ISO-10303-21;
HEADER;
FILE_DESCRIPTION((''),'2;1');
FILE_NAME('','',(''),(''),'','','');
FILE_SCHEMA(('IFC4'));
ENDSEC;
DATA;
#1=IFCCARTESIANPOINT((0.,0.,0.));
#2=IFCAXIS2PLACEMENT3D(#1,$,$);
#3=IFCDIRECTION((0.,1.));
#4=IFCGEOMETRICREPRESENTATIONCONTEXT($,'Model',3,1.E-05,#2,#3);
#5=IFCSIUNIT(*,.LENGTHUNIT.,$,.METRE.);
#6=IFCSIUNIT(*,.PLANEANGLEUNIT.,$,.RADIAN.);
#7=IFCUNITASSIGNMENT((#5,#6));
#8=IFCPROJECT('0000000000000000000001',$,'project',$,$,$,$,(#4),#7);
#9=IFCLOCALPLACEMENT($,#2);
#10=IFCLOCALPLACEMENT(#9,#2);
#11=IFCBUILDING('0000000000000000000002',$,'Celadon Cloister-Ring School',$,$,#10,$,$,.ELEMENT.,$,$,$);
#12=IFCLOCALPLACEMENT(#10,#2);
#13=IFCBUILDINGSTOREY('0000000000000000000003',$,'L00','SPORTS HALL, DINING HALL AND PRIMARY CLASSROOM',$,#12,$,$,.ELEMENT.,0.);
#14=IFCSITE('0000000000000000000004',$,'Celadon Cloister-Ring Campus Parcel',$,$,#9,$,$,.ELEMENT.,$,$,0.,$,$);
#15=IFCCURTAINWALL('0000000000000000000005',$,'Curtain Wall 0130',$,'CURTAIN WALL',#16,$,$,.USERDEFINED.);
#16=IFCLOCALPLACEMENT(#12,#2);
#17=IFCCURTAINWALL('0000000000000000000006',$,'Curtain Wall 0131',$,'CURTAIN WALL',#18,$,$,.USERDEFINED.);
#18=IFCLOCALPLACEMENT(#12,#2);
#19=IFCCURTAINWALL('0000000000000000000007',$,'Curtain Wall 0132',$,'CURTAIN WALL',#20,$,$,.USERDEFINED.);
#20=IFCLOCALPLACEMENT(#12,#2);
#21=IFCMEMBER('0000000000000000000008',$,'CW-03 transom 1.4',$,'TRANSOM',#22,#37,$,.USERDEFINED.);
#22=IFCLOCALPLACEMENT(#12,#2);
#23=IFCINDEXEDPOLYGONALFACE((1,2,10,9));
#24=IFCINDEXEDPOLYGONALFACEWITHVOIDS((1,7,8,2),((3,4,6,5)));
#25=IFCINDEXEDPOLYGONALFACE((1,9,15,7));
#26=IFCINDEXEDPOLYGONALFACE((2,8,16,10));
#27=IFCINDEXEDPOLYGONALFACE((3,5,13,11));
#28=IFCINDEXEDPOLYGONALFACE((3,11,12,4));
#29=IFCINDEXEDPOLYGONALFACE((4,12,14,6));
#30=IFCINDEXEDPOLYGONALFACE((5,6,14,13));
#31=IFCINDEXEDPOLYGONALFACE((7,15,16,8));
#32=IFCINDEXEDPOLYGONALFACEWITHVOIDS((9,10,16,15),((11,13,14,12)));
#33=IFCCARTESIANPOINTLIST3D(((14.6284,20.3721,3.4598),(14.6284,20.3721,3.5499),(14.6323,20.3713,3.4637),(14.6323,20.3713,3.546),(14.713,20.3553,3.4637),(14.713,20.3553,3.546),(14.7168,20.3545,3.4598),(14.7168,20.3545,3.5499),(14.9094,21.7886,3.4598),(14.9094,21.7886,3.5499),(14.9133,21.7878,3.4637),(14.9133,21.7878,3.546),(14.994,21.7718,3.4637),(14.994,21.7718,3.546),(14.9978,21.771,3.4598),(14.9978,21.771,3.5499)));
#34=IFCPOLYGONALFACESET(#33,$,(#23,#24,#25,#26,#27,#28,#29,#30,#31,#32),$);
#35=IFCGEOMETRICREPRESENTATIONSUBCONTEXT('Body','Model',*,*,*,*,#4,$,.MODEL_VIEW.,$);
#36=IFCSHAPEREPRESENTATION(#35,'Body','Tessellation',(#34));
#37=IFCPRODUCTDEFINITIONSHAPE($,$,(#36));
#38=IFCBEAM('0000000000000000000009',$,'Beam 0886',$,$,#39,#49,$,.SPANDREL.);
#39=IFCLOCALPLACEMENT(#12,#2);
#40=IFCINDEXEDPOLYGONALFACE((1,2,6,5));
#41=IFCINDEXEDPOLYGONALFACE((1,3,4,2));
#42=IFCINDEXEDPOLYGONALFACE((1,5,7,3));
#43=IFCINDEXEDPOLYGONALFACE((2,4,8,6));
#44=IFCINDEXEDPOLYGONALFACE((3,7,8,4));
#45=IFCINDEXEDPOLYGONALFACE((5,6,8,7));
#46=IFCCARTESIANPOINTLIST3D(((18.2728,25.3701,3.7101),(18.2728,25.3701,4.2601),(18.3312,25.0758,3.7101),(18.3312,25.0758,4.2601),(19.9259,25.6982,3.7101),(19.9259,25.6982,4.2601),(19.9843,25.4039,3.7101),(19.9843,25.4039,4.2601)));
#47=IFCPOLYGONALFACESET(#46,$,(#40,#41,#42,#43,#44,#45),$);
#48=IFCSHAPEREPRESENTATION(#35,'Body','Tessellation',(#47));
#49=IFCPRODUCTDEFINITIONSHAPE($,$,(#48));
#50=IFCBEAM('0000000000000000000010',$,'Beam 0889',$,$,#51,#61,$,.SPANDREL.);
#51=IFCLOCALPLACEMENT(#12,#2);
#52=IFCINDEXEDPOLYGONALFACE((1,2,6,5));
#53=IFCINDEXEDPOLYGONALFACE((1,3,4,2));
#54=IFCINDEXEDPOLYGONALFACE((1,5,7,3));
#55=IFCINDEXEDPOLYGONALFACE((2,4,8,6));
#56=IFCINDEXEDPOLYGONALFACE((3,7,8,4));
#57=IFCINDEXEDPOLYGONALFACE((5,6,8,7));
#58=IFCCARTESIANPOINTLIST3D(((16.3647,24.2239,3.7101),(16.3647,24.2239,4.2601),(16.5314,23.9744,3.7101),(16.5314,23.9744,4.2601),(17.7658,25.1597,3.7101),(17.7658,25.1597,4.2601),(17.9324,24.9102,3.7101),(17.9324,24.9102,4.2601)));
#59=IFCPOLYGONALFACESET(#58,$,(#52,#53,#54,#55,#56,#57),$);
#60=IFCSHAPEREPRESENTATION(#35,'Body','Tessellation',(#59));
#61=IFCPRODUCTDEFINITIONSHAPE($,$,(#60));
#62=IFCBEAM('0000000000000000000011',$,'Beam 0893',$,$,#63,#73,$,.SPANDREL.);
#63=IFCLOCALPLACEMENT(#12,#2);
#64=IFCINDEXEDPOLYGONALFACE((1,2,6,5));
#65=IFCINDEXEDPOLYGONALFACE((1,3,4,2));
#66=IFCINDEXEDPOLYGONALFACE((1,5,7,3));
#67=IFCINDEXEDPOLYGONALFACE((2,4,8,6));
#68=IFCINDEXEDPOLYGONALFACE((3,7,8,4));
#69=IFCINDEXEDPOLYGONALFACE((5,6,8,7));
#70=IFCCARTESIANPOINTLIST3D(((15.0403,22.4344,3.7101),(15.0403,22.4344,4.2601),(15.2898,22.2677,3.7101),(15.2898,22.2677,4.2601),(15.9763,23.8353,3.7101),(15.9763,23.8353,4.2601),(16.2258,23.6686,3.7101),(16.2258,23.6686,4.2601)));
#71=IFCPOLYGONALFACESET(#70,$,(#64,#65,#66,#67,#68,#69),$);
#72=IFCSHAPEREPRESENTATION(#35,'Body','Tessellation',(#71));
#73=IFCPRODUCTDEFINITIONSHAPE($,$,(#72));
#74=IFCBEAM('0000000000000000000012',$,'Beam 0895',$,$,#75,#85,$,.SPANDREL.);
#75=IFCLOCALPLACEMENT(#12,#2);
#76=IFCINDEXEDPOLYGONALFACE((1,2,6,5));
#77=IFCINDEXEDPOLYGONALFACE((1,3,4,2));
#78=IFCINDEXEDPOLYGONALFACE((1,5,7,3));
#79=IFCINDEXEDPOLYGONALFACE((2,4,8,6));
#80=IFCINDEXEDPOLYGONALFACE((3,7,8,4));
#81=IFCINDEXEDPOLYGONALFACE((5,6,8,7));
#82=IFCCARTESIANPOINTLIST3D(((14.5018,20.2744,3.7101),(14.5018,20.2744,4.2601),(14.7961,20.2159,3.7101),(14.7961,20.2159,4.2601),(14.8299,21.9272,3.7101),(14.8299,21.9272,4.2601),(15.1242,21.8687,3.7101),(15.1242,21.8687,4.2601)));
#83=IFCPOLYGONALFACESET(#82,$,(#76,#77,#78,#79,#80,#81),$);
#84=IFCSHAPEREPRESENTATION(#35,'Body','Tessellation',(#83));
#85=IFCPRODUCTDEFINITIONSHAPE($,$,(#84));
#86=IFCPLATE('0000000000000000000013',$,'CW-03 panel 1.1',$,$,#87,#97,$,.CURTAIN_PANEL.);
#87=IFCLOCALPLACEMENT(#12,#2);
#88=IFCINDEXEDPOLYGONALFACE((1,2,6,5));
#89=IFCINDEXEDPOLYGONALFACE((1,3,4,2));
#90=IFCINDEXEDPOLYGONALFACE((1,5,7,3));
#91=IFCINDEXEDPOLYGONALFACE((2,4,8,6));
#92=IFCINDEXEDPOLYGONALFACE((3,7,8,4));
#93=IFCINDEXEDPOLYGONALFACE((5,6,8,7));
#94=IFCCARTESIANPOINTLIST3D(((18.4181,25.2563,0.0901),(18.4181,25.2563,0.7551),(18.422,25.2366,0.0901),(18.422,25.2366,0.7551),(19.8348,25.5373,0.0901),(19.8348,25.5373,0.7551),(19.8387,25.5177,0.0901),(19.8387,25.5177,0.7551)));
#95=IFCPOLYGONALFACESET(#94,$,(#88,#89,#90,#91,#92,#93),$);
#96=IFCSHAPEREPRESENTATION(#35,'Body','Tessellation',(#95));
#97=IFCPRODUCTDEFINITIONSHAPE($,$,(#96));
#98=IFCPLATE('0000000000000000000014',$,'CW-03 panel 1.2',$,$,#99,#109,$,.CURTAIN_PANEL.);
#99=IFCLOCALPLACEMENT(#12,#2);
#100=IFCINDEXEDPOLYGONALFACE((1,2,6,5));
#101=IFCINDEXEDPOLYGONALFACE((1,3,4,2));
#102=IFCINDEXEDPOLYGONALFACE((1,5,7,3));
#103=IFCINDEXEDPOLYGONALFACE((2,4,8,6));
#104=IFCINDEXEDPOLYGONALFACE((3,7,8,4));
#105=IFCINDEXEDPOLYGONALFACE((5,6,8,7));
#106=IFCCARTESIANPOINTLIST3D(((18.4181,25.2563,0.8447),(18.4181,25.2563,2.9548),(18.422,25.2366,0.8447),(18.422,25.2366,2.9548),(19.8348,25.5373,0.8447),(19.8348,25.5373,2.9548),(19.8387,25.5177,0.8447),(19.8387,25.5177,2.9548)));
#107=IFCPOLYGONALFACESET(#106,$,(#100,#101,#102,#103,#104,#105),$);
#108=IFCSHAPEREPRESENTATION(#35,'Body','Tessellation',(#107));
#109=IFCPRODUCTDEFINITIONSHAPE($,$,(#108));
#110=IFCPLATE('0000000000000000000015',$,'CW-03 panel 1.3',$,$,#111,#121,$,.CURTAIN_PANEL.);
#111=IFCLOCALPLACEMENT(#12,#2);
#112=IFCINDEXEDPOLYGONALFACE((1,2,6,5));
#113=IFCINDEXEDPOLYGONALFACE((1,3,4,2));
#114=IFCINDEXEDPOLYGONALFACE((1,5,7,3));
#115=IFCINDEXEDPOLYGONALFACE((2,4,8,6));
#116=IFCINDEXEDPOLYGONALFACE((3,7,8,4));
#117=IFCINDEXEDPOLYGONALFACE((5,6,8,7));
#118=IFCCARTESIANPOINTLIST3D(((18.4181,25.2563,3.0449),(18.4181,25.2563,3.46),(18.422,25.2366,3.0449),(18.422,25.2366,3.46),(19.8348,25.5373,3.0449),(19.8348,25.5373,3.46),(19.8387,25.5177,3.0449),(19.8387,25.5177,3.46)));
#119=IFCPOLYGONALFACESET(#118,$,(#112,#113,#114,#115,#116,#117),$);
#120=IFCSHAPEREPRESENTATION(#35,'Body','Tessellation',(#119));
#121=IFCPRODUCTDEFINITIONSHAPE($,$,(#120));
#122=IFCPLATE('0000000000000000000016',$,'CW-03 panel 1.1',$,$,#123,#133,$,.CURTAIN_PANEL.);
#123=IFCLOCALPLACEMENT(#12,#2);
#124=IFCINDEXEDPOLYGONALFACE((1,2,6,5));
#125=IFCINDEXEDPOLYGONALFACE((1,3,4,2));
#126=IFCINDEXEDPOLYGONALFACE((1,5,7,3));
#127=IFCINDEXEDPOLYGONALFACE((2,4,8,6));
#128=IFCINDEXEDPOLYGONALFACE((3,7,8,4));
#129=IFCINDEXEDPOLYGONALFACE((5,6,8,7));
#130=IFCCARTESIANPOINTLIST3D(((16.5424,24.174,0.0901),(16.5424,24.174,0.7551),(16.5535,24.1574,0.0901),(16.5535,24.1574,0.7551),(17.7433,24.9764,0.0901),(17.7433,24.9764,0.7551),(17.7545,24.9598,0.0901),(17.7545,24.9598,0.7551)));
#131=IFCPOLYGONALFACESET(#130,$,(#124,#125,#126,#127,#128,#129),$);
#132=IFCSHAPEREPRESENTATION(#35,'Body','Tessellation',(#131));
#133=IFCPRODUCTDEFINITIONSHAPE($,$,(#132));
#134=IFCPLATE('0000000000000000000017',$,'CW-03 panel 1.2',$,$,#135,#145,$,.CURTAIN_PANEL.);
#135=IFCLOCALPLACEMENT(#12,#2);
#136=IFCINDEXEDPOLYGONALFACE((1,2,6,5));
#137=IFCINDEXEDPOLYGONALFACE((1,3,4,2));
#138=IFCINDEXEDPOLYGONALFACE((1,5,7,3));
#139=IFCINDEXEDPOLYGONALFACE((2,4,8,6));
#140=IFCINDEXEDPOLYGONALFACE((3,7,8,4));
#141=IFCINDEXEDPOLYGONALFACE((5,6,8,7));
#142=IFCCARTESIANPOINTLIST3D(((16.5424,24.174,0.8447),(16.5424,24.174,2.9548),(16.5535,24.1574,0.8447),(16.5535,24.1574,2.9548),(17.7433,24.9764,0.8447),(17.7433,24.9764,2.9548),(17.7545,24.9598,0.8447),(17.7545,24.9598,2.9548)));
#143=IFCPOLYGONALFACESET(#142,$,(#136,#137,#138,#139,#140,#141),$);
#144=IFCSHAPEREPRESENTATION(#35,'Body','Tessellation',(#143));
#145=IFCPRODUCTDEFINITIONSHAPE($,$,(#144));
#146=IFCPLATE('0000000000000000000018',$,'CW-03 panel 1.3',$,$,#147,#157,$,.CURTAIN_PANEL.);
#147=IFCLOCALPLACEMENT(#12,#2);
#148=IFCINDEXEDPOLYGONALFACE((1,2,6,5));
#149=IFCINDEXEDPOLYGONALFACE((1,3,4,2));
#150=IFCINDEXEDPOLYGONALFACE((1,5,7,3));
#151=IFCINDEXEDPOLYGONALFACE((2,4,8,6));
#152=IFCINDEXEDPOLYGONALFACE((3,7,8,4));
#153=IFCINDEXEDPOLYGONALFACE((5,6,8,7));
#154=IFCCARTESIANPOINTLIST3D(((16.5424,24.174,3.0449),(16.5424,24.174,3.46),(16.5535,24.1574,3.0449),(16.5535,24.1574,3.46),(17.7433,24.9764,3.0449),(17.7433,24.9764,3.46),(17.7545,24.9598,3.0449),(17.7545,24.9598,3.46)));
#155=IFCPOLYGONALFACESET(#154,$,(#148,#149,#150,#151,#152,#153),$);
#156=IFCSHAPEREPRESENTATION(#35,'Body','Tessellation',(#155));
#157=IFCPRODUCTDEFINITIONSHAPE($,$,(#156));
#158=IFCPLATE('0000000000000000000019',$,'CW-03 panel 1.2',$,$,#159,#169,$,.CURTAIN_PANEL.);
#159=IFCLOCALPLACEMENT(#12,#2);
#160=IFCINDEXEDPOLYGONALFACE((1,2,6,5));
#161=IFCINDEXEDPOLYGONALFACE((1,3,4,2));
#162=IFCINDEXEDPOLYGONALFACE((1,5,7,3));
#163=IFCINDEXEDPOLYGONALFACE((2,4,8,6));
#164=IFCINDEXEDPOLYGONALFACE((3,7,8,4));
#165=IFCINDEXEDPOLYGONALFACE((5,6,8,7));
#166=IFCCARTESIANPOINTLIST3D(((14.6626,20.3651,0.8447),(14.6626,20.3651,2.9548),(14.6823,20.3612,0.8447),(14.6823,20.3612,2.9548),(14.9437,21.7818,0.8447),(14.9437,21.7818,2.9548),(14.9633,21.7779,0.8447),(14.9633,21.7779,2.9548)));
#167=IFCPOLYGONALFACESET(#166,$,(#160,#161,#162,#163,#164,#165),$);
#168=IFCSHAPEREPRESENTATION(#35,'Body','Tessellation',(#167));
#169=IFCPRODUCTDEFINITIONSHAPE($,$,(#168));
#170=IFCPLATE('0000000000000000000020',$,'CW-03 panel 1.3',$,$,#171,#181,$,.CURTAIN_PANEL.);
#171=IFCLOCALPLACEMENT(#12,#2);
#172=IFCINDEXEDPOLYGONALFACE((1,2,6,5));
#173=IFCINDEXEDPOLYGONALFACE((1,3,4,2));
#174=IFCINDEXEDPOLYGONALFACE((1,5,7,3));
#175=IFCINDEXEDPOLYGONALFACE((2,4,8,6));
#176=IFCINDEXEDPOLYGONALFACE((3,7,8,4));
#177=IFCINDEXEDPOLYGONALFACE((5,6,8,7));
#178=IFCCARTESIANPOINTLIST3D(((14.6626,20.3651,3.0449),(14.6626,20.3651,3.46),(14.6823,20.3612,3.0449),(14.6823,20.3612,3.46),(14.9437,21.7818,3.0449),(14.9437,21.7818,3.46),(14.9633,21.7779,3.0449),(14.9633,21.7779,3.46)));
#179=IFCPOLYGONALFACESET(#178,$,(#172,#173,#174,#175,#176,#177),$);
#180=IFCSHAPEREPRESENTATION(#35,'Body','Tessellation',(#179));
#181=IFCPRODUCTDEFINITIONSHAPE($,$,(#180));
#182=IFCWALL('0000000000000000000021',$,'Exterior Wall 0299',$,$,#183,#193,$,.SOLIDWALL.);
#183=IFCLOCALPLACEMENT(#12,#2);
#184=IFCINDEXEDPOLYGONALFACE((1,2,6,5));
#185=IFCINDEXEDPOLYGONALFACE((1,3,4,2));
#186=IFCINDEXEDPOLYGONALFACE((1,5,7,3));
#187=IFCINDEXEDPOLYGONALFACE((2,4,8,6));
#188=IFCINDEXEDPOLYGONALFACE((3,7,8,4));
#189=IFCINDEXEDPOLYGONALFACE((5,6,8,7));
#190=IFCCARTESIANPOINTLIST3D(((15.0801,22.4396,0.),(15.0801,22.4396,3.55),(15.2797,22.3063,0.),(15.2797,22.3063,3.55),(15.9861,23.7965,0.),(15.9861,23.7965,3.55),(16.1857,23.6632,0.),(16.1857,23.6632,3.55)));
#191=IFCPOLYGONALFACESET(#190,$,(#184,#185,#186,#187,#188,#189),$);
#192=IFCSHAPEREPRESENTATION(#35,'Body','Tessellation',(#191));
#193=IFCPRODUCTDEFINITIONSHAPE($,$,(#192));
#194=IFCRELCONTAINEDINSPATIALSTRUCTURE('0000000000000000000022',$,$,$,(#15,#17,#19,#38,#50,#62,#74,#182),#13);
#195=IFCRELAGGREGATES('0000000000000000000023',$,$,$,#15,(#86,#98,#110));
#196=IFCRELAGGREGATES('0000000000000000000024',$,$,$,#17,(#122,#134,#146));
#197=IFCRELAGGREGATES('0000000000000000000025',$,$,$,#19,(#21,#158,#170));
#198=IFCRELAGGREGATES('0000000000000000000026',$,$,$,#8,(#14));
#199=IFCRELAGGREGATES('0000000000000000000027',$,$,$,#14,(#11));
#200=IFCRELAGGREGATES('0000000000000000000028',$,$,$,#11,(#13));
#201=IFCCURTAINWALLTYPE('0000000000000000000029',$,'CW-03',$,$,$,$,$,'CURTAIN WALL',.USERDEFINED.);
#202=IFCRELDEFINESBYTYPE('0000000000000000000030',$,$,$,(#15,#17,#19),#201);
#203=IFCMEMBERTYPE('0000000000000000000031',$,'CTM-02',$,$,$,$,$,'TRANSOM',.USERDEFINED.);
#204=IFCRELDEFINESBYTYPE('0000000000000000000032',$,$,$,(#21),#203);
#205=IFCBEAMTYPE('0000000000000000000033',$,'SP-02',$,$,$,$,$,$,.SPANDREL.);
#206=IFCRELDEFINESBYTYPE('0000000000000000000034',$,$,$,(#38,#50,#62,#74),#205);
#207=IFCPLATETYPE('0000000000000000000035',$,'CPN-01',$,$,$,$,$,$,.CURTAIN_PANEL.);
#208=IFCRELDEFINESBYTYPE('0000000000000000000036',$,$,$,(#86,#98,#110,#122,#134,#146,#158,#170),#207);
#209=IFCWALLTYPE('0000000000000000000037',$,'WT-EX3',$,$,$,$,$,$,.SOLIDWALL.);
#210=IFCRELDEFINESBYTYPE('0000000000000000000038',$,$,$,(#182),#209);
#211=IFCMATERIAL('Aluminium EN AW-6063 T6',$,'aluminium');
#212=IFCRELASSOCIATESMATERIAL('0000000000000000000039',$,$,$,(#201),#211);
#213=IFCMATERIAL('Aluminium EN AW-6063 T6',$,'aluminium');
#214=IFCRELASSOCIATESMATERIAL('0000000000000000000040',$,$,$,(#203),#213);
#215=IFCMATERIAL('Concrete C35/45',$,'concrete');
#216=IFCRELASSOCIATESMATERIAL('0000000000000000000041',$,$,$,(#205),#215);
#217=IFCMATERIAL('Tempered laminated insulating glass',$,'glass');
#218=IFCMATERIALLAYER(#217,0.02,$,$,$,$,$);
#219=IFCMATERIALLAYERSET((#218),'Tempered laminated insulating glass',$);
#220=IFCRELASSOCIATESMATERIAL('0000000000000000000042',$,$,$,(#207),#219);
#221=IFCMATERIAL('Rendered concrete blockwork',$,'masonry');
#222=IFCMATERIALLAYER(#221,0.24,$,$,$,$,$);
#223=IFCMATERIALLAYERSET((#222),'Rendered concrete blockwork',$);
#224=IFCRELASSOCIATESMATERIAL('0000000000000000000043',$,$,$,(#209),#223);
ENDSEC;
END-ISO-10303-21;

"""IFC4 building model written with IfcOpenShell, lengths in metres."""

from ifc_helpers import new_model, si_unit, direction, frame, frame_2d, origin, origin_2d, place, context, subcontext, project, spatial, rectangle, hollow_rectangle, extrude, material, layer, layer_set, material_profile, profile_set, type_object, element, aggregate, save


model = new_model("IFC4")

# Units and contexts
model_context = context("Model", 3, precision=1e-05, world=origin(), true_north=direction((0.0, 1.0)))
body_context = subcontext(model_context, "Body", "Model", "MODEL_VIEW")
ifc_project = project(units=[si_unit("LENGTHUNIT", "METRE"), si_unit("PLANEANGLEUNIT", "RADIAN")], contexts=[model_context])

# Site, building, storey
site_placement = place(None, origin())
site = spatial("IfcSite", under=ifc_project, at=site_placement, Name="Celadon Cloister-Ring Campus Parcel", CompositionType="ELEMENT", RefElevation=0.0)
building_placement = place(site_placement, origin())
building = spatial("IfcBuilding", under=site, at=building_placement, Name="Celadon Cloister-Ring School", CompositionType="ELEMENT")
storey_placement = place(building_placement, origin())
storey = spatial("IfcBuildingStorey", under=building, at=storey_placement, Name="L00", Description="SPORTS HALL, DINING HALL AND PRIMARY CLASSROOM", CompositionType="ELEMENT", Elevation=0.0)

# Curtain walls
ifc_material_1 = material(Name="Aluminium EN AW-6063 T6", Category="aluminium")
curtain_wall_type = type_object("IfcCurtainWallType", Name="CW-03", ElementType="CURTAIN WALL", PredefinedType="USERDEFINED", material=ifc_material_1)
curtain_wall_1_placement = place(storey_placement, origin())
curtain_wall_1 = element("IfcCurtainWall", 1, at=curtain_wall_1_placement, inside=storey, type_object=curtain_wall_type, Name="Curtain Wall 0130", ObjectType="CURTAIN WALL", PredefinedType="USERDEFINED")
curtain_wall_2_placement = place(storey_placement, origin())
curtain_wall_2 = element("IfcCurtainWall", 2, at=curtain_wall_2_placement, inside=storey, type_object=curtain_wall_type, Name="Curtain Wall 0131", ObjectType="CURTAIN WALL", PredefinedType="USERDEFINED")

# Curtain wall
curtain_wall_3_placement = place(storey_placement, origin())
curtain_wall_3 = element("IfcCurtainWall", 3, at=curtain_wall_3_placement, inside=storey, type_object=curtain_wall_type, Name="Curtain Wall 0132", ObjectType="CURTAIN WALL", PredefinedType="USERDEFINED")

# Member
ifc_material_2 = material(Name="Aluminium EN AW-6063 T6", Category="aluminium")
ifc_material_profile_1 = material_profile(ifc_material_2, hollow_rectangle(XDim=0.0901, YDim=0.0901, WallThickness=0.0039, at=origin_2d()), Name="RHS90X90X4")
ifc_profile_set_1 = profile_set([ifc_material_profile_1], Name="Aluminium EN AW-6063 T6")
member_type_1 = type_object("IfcMemberType", Name="CTM-02", ElementType="TRANSOM", PredefinedType="USERDEFINED", material=ifc_profile_set_1)
member_1_placement = place(storey_placement, frame((14.9536, 21.7798, 3.5049), z_axis=(-0.194588, -0.980885, 0.0), x_axis=(0.980885, -0.194588, 0.0)))
member_1 = element("IfcMember", 4, at=member_1_placement, type_object=member_type_1, Name="CW-03 transom 1.4", ObjectType="TRANSOM", PredefinedType="USERDEFINED", context=body_context, shape_type="SweptSolid", body=[
    extrude(hollow_rectangle(XDim=0.0901, YDim=0.0901, WallThickness=0.0039, at=origin_2d()), origin(), (0.0, 0.0, 1.0), 1.4441),
])

# Beams
ifc_material_3 = material(Name="Concrete C35/45", Category="concrete")
ifc_material_profile_2 = material_profile(ifc_material_3, rectangle(XDim=0.3, YDim=0.55, at=origin_2d()), Name="RC300X550")
ifc_profile_set_2 = profile_set([ifc_material_profile_2], Name="Concrete C35/45")
beam_type = type_object("IfcBeamType", Name="SP-02", PredefinedType="SPANDREL", material=ifc_profile_set_2)
beam_1_placement = place(storey_placement, frame((19.9551, 25.551, 3.9851), z_axis=(-0.980864, -0.194695, 0.0), x_axis=(0.194695, -0.980864, 0.0)))
element("IfcBeam", 5, at=beam_1_placement, inside=storey, type_object=beam_type, Name="Beam 0886", PredefinedType="SPANDREL", context=body_context, shape_type="SweptSolid", body=[
    extrude(rectangle(XDim=0.3, YDim=0.55, at=origin_2d()), origin(), (0.0, 0.0, 1.0), 1.6853),
])
for number, where, z_axis, x_axis, name in (
    (6, (17.8491, 25.0349, 3.9851), (-0.831582, -0.555402, 0.0), (0.555402, -0.831582, 0.0), "Beam 0889"),
    (7, (16.1011, 23.752, 3.9851), (-0.555569, -0.83147, 0.0), (0.83147, -0.555569, 0.0), "Beam 0893"),
):
    element("IfcBeam", number, at=place(storey_placement, frame(where, z_axis=z_axis, x_axis=x_axis)), inside=storey, type_object=beam_type, Name=name, PredefinedType="SPANDREL", context=body_context, shape_type="SweptSolid", body=[
        extrude(rectangle(XDim=0.3, YDim=0.55, at=origin_2d()), origin(), (0.0, 0.0, 1.0), 1.6848),
    ])
beam_2_placement = place(storey_placement, frame((14.9771, 21.8979, 3.9851), z_axis=(-0.194723, -0.980858, 0.0), x_axis=(0.980858, -0.194723, 0.0)))
element("IfcBeam", 8, at=beam_2_placement, inside=storey, type_object=beam_type, Name="Beam 0895", PredefinedType="SPANDREL", context=body_context, shape_type="SweptSolid", body=[
    extrude(rectangle(XDim=0.3, YDim=0.55, at=origin_2d()), origin(), (0.0, 0.0, 1.0), 1.6851),
])

# Plates
ifc_material_4 = material(Name="Tempered laminated insulating glass", Category="glass")
ifc_layer_1 = layer(ifc_material_4, 0.02)
ifc_layer_set_1 = layer_set([ifc_layer_1], Name="Tempered laminated insulating glass")
plate_type = type_object("IfcPlateType", Name="CPN-01", PredefinedType="CURTAIN_PANEL", material=ifc_layer_set_1)
plate_1_placement = place(storey_placement, frame((19.1284, 25.387, 0.0901), z_axis=(0.0, 0.0, 1.0), x_axis=(-0.980885, -0.194586, 0.0)))
plate_1 = element("IfcPlate", 9, at=plate_1_placement, type_object=plate_type, Name="CW-03 panel 1.1", PredefinedType="CURTAIN_PANEL", context=body_context, shape_type="SweptSolid", body=[
    extrude(rectangle(XDim=1.4443, YDim=0.02, at=origin_2d()), origin(), (0.0, 0.0, 1.0), 0.665),
])
plate_2_placement = place(storey_placement, frame((19.1284, 25.387, 0.8447), z_axis=(0.0, 0.0, 1.0), x_axis=(-0.980885, -0.194586, 0.0)))
plate_2 = element("IfcPlate", 10, at=plate_2_placement, type_object=plate_type, Name="CW-03 panel 1.2", PredefinedType="CURTAIN_PANEL", context=body_context, shape_type="SweptSolid", body=[
    extrude(rectangle(XDim=1.4443, YDim=0.02, at=origin_2d()), origin(), (0.0, 0.0, 1.0), 2.1101),
])
plate_3_placement = place(storey_placement, frame((19.1284, 25.387, 3.0449), z_axis=(0.0, 0.0, 1.0), x_axis=(-0.980885, -0.194586, 0.0)))
plate_3 = element("IfcPlate", 11, at=plate_3_placement, type_object=plate_type, Name="CW-03 panel 1.3", PredefinedType="CURTAIN_PANEL", context=body_context, shape_type="SweptSolid", body=[
    extrude(rectangle(XDim=1.4443, YDim=0.02, at=origin_2d()), origin(), (0.0, 0.0, 1.0), 0.415),
])
aggregate(curtain_wall_1, [plate_1, plate_2, plate_3])
plate_4_placement = place(storey_placement, frame((17.1484, 24.5669, 0.0901), z_axis=(0.0, 0.0, 1.0), x_axis=(-0.831485, -0.555547, 0.0)))
plate_4 = element("IfcPlate", 12, at=plate_4_placement, type_object=plate_type, Name="CW-03 panel 1.1", PredefinedType="CURTAIN_PANEL", context=body_context, shape_type="SweptSolid", body=[
    extrude(rectangle(XDim=1.4443, YDim=0.02, at=origin_2d()), origin(), (0.0, 0.0, 1.0), 0.665),
])
plate_5_placement = place(storey_placement, frame((17.1484, 24.5669, 0.8447), z_axis=(0.0, 0.0, 1.0), x_axis=(-0.831485, -0.555547, 0.0)))
plate_5 = element("IfcPlate", 13, at=plate_5_placement, type_object=plate_type, Name="CW-03 panel 1.2", PredefinedType="CURTAIN_PANEL", context=body_context, shape_type="SweptSolid", body=[
    extrude(rectangle(XDim=1.4443, YDim=0.02, at=origin_2d()), origin(), (0.0, 0.0, 1.0), 2.1101),
])
plate_6_placement = place(storey_placement, frame((17.1484, 24.5669, 3.0449), z_axis=(0.0, 0.0, 1.0), x_axis=(-0.831485, -0.555547, 0.0)))
plate_6 = element("IfcPlate", 14, at=plate_6_placement, type_object=plate_type, Name="CW-03 panel 1.3", PredefinedType="CURTAIN_PANEL", context=body_context, shape_type="SweptSolid", body=[
    extrude(rectangle(XDim=1.4443, YDim=0.02, at=origin_2d()), origin(), (0.0, 0.0, 1.0), 0.415),
])
aggregate(curtain_wall_2, [plate_4, plate_5, plate_6])
plate_7_placement = place(storey_placement, frame((14.813, 21.0715, 0.8447), z_axis=(0.0, 0.0, 1.0), x_axis=(-0.194586, -0.980885, 0.0)))
plate_7 = element("IfcPlate", 15, at=plate_7_placement, type_object=plate_type, Name="CW-03 panel 1.2", PredefinedType="CURTAIN_PANEL", context=body_context, shape_type="SweptSolid", body=[
    extrude(rectangle(XDim=1.4443, YDim=0.02, at=origin_2d()), origin(), (0.0, 0.0, 1.0), 2.1101),
])
plate_8_placement = place(storey_placement, frame((14.813, 21.0715, 3.0449), z_axis=(0.0, 0.0, 1.0), x_axis=(-0.194586, -0.980885, 0.0)))
plate_8 = element("IfcPlate", 16, at=plate_8_placement, type_object=plate_type, Name="CW-03 panel 1.3", PredefinedType="CURTAIN_PANEL", context=body_context, shape_type="SweptSolid", body=[
    extrude(rectangle(XDim=1.4443, YDim=0.02, at=origin_2d()), origin(), (0.0, 0.0, 1.0), 0.415),
])
aggregate(curtain_wall_3, [member_1, plate_7, plate_8])

# Wall
ifc_material_5 = material(Name="Rendered concrete blockwork", Category="masonry")
ifc_layer_2 = layer(ifc_material_5, 0.24)
ifc_layer_set_2 = layer_set([ifc_layer_2], Name="Rendered concrete blockwork")
wall_type = type_object("IfcWallType", Name="WT-EX3", PredefinedType="SOLIDWALL", material=ifc_layer_set_2)
wall_placement = place(storey_placement, frame((16.0859, 23.73, 0.0), z_axis=(0.0, 0.0, 1.0), x_axis=(-0.555287, -0.831659, 0.0)))
element("IfcWall", 17, at=wall_placement, inside=storey, type_object=wall_type, Name="Exterior Wall 0299", PredefinedType="SOLIDWALL", context=body_context, shape_type="SweptSolid", body=[
    extrude(rectangle(XDim=1.6316, YDim=0.24, at=frame_2d((0.8159, 0.0))), origin(), (0.0, 0.0, 1.0), 3.55),
])

save(model, "model.ifc")
